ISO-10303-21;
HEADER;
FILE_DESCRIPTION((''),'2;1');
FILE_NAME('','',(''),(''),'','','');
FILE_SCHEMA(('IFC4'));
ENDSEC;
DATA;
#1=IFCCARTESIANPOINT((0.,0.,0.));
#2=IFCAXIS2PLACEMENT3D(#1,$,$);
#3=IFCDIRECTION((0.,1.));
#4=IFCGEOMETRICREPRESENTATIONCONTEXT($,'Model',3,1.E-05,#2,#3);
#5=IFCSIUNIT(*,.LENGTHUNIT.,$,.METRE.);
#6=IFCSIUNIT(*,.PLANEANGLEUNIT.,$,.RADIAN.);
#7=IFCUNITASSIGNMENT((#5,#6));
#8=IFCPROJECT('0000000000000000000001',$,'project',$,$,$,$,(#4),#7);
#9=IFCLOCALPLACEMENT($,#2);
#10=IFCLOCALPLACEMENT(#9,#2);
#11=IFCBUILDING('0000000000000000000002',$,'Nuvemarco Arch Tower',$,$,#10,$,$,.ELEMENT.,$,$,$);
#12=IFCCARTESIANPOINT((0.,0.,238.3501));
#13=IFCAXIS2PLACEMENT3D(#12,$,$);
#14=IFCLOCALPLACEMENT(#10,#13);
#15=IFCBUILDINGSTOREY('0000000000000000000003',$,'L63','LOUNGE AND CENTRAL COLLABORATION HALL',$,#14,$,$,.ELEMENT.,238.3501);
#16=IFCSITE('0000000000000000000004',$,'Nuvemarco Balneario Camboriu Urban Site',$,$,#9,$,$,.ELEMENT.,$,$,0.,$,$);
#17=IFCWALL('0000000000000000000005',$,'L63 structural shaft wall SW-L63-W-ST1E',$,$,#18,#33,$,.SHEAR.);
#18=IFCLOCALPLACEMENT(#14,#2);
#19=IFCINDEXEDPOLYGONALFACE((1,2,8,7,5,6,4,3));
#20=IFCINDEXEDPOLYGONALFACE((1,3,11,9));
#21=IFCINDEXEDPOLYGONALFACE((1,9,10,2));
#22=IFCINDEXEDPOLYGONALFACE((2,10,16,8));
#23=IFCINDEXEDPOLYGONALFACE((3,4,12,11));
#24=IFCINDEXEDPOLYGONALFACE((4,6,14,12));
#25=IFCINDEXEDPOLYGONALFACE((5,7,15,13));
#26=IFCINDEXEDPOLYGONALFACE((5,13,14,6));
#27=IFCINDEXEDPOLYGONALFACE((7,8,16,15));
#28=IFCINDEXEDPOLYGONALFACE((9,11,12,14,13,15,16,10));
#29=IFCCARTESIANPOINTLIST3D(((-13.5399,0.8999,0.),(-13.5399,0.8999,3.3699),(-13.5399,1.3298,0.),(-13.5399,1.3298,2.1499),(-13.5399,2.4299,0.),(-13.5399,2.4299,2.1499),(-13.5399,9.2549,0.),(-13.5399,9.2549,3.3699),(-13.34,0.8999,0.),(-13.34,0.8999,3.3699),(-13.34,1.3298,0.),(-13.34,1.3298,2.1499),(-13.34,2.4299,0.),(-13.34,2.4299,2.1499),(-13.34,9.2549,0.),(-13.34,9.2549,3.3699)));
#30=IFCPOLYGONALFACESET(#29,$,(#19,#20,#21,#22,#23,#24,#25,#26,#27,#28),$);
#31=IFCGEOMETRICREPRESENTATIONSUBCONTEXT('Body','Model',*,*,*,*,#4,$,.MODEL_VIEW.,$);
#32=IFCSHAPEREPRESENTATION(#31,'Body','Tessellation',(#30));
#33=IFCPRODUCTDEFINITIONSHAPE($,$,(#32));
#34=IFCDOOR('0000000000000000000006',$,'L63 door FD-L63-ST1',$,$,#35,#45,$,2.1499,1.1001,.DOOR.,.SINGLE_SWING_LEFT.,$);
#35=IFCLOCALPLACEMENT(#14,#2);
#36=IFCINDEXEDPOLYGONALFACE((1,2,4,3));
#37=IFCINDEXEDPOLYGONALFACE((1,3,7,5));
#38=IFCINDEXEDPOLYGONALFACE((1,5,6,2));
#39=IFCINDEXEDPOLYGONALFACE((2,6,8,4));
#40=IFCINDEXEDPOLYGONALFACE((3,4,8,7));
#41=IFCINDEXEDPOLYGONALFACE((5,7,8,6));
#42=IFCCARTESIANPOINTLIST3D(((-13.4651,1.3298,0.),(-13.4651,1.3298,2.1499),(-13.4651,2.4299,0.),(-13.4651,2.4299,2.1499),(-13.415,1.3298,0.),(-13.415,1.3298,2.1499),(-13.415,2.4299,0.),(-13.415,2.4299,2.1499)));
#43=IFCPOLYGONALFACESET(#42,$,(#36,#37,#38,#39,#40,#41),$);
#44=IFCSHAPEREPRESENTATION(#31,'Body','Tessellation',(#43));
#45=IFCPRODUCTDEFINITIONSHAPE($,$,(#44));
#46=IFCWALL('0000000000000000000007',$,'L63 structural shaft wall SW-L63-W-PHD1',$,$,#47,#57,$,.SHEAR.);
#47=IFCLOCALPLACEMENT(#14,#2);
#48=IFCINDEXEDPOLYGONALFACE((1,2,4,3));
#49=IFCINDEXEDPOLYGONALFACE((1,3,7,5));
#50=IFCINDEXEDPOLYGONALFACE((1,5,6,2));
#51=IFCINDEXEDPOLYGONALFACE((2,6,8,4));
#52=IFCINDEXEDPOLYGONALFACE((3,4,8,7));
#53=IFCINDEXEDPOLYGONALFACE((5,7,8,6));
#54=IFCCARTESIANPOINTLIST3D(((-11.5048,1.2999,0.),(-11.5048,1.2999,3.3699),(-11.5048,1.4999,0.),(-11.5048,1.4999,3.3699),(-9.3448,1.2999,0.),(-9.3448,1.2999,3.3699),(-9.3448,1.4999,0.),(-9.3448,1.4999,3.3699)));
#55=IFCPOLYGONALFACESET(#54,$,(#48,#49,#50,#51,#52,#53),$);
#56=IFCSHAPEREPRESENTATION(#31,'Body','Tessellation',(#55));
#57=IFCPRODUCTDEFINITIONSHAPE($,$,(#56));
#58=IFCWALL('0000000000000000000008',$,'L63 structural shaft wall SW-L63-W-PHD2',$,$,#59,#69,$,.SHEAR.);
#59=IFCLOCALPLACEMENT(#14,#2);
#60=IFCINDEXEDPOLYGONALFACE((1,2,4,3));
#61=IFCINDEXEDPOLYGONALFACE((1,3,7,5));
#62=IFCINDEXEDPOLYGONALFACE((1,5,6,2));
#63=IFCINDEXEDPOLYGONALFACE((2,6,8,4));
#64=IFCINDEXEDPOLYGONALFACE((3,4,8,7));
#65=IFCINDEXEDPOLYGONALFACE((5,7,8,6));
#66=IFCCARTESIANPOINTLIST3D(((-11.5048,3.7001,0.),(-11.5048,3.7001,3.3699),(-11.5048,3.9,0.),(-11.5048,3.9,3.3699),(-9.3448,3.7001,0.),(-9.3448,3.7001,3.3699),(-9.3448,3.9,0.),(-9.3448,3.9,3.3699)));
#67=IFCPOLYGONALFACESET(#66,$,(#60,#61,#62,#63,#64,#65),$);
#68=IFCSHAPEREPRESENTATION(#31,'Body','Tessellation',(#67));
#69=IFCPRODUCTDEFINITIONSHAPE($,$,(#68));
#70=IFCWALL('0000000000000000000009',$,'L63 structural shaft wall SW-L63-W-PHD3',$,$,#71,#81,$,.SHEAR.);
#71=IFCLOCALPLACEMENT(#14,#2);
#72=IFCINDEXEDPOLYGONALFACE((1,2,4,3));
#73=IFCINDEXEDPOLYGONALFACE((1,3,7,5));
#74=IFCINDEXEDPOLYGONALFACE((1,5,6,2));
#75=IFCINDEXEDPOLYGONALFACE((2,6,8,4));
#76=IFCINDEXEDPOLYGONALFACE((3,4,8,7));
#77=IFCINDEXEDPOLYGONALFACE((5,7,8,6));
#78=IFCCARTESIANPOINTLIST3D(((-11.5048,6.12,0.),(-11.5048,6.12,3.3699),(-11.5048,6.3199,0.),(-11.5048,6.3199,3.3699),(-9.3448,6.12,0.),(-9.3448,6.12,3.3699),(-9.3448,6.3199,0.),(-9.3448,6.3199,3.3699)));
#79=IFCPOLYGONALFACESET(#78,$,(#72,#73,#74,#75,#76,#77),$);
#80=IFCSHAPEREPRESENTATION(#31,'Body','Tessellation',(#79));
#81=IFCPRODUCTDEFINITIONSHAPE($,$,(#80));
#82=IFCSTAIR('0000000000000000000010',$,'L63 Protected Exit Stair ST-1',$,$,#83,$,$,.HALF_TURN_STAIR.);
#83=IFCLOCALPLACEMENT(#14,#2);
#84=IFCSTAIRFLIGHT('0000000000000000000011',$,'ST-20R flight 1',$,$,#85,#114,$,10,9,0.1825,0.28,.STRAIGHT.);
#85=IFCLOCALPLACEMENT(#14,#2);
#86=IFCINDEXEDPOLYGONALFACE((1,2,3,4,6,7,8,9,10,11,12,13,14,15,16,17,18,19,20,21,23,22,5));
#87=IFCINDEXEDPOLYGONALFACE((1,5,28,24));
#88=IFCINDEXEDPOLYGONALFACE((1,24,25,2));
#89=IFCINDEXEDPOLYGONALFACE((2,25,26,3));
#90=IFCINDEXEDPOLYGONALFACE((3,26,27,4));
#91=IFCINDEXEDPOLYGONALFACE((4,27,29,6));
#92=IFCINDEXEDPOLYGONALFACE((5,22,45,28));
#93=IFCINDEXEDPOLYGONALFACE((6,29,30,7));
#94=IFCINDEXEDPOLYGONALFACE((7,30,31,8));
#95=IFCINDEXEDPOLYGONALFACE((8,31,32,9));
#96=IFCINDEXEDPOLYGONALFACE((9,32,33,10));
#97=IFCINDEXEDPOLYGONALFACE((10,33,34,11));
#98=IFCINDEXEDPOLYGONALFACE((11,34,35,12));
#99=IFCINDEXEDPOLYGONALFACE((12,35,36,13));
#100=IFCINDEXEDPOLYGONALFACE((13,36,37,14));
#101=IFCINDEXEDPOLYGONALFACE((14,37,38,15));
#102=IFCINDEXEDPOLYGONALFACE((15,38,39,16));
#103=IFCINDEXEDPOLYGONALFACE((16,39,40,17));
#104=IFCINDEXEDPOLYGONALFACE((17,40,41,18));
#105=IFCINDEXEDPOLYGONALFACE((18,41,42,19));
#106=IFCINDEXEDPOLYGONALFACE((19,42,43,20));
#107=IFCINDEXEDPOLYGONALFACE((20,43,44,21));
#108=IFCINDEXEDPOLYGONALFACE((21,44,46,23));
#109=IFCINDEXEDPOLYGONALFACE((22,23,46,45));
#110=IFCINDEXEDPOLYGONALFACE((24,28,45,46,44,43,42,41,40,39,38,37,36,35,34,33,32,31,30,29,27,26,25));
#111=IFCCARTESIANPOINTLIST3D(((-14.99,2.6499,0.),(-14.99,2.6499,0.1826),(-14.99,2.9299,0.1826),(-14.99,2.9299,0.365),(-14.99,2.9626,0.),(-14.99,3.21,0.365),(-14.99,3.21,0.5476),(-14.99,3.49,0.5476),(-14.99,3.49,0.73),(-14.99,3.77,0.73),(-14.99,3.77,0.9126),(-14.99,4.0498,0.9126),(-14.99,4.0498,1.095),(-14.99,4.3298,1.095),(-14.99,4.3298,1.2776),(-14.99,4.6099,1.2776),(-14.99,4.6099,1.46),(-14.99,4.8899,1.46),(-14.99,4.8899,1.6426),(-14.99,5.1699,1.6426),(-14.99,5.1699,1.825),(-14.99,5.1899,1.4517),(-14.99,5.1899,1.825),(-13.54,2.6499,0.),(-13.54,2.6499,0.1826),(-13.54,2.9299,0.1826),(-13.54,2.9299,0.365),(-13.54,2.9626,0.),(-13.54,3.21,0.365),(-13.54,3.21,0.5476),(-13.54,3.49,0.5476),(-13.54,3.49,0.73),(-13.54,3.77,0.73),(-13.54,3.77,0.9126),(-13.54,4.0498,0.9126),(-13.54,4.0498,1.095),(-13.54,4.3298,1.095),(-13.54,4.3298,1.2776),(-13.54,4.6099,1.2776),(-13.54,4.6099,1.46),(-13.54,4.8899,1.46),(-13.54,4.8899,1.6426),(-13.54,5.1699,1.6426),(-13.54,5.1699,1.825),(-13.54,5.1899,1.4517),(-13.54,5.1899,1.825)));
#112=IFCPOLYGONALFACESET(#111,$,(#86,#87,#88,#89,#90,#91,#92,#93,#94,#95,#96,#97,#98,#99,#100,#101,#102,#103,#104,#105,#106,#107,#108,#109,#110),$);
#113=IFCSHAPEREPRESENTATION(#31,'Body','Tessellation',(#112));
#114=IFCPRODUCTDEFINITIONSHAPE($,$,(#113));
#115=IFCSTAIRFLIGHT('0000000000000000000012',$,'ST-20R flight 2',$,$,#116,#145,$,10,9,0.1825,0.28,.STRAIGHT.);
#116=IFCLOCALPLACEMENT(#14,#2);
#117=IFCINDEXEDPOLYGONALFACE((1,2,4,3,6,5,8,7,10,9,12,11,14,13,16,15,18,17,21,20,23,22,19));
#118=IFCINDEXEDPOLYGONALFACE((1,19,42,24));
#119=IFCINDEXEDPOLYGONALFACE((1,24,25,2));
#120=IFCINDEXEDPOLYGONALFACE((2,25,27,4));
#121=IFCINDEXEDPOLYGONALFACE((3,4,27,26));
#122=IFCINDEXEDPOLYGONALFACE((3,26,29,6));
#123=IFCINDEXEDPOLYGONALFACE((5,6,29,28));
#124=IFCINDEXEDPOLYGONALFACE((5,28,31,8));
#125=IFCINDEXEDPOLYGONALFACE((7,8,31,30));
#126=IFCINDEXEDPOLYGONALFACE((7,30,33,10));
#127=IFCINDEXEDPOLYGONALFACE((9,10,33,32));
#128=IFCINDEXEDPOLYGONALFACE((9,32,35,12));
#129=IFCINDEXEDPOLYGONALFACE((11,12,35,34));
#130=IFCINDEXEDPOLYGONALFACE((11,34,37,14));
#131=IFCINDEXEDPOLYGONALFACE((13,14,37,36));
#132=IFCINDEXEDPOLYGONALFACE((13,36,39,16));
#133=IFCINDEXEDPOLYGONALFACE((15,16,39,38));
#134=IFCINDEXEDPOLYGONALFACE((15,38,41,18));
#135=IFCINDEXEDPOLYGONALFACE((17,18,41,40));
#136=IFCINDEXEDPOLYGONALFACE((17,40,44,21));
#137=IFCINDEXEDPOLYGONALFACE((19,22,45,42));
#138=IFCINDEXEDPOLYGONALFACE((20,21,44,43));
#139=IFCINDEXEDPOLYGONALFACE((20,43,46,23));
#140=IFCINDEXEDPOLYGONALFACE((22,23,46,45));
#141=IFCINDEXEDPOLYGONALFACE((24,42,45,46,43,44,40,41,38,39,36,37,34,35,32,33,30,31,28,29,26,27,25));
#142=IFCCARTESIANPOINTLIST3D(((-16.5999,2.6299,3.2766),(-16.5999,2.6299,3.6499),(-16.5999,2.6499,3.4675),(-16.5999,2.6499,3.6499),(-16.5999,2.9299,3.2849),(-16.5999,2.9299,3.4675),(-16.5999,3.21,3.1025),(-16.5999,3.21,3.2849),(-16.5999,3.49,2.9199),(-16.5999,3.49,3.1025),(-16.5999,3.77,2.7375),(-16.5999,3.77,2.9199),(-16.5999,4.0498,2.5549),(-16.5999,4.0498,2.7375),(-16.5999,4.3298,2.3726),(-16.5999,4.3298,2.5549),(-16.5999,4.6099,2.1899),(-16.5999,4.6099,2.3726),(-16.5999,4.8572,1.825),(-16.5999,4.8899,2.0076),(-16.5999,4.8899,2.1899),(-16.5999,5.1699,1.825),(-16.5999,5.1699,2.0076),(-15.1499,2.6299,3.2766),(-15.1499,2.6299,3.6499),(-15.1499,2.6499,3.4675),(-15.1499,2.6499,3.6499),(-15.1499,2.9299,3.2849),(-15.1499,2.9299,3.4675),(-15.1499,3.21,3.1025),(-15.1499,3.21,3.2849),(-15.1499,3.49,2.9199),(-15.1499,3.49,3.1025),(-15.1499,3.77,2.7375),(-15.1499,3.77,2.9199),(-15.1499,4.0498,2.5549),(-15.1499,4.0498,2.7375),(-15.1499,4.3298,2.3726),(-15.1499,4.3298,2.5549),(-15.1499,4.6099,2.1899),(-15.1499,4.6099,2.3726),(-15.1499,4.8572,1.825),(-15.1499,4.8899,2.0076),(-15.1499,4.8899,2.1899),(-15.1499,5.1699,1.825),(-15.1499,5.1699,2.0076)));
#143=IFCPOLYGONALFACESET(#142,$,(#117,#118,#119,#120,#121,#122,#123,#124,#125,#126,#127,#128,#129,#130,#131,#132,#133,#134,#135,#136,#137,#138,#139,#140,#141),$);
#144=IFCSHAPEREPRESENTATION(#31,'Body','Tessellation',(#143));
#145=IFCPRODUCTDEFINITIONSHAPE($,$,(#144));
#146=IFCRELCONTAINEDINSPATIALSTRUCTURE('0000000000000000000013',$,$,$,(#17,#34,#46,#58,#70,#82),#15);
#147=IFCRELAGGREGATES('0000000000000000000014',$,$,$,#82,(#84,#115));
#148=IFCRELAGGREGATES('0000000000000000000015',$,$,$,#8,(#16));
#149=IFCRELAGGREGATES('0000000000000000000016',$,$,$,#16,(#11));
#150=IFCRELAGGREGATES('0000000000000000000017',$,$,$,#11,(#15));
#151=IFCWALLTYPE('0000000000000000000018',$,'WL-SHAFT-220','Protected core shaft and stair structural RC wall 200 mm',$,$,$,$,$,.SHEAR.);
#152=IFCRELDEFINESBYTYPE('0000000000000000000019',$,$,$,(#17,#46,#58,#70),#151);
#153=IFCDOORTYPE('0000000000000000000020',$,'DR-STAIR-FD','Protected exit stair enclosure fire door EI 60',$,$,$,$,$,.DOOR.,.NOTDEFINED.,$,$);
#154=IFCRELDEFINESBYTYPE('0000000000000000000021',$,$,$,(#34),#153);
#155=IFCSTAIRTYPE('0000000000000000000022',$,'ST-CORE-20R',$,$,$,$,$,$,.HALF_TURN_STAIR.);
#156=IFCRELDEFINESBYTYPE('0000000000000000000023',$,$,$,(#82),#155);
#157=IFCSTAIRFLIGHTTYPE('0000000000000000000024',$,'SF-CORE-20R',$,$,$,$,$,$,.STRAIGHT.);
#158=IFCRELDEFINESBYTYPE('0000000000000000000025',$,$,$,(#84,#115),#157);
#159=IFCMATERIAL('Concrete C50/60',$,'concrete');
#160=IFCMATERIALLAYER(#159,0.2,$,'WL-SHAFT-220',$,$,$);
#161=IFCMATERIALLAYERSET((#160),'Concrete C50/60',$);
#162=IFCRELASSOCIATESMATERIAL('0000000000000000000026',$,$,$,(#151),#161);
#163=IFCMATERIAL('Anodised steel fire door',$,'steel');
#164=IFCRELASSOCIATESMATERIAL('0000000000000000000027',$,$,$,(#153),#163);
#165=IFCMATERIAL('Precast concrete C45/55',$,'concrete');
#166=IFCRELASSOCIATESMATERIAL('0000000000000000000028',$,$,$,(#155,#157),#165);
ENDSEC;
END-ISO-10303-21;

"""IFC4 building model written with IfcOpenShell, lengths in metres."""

from ifc_helpers import new_model, si_unit, direction, frame, frame_2d, origin, place, context, subcontext, project, spatial, polyline, rectangle, outline, extrude, source, transform, mapped, material, layer, layer_set, type_object, type_shapes, element, fill, aggregate, save


model = new_model("IFC4")

# Units and contexts
model_context = context("Model", 3, precision=1e-05, world=origin(), true_north=direction((0.0, 1.0)))
body_context = subcontext(model_context, "Body", "Model", "MODEL_VIEW")
ifc_project = project(units=[si_unit("LENGTHUNIT", "METRE"), si_unit("PLANEANGLEUNIT", "RADIAN")], contexts=[model_context])

# Site, building, storey
site_placement = place(None, origin())
site = spatial("IfcSite", under=ifc_project, at=site_placement, Name="Nuvemarco Balneario Camboriu Urban Site", CompositionType="ELEMENT", RefElevation=0.0)
building_placement = place(site_placement, origin())
building = spatial("IfcBuilding", under=site, at=building_placement, Name="Nuvemarco Arch Tower", CompositionType="ELEMENT")
storey_placement = place(building_placement, frame((0.0, 0.0, 238.3501)))
storey = spatial("IfcBuildingStorey", under=building, at=storey_placement, Name="L63", Description="LOUNGE AND CENTRAL COLLABORATION HALL", CompositionType="ELEMENT", Elevation=238.3501)

# Shared definitions
ifc_material_1 = material(Name="Concrete C50/60", Category="concrete")

# Wall, opening, door
ifc_layer_1 = layer(ifc_material_1, 0.2, Name="WL-SHAFT-220")
ifc_layer_set_1 = layer_set([ifc_layer_1], Name="Concrete C50/60")
wall_type_1 = type_object("IfcWallType", Name="WL-SHAFT-220", Description="Protected core shaft and stair structural RC wall 200 mm", PredefinedType="SHEAR", material=ifc_layer_set_1)
wall_1_placement = place(storey_placement, frame((-13.4399, 0.8999, 0.0), z_axis=(0.0, 0.0, 1.0), x_axis=(0.0, 1.0, 0.0)))
wall_1 = element("IfcWall", 1, at=wall_1_placement, inside=storey, type_object=wall_type_1, Name="L63 structural shaft wall SW-L63-W-ST1E", PredefinedType="SHEAR", context=body_context, shape_type="SweptSolid", body=[
    extrude(rectangle(XDim=8.355, YDim=0.2, at=frame_2d((4.1775, 0.0))), origin(), (0.0, 0.0, 1.0), 3.3699),
])
opening_1_placement = place(wall_1_placement, frame((1.53, 0.0, 0.0), z_axis=(0.0, 0.0, 1.0), x_axis=(-1.0, 0.0, 0.0)))
opening_1 = element("IfcOpeningElement", 2, at=opening_1_placement, cuts=wall_1, PredefinedType="OPENING", context=body_context, shape_type="SweptSolid", body=[
    extrude(rectangle(XDim=1.1001, YDim=2.1499, at=frame_2d((0.55, 1.075))), frame((0.0, 0.1099, 0.0), z_axis=(0.0, -1.0, 0.0), x_axis=(1.0, 0.0, 0.0)), (0.0, 0.0, 1.0), 0.22),
])
ifc_material_2 = material(Name="Anodised steel fire door", Category="steel")
door_type_1 = type_object("IfcDoorType", Name="DR-STAIR-FD", Description="Protected exit stair enclosure fire door EI 60", OperationType="NOTDEFINED", PredefinedType="DOOR", material=ifc_material_2)
shared_shape_1 = source(origin(), body_context, "Body", "SweptSolid", [
    extrude(rectangle(XDim=1.1001, YDim=2.1499, at=frame_2d((0.55, 1.075))), frame((0.0, 0.0249, 0.0), z_axis=(0.0, -1.0, 0.0), x_axis=(1.0, 0.0, 0.0)), (0.0, 0.0, 1.0), 0.05),
])
type_shapes(door_type_1, [shared_shape_1])
door_1_placement = place(opening_1_placement, origin())
door_1 = element("IfcDoor", 3, at=door_1_placement, inside=storey, type_object=door_type_1, Name="L63 door FD-L63-ST1", OperationType="SINGLE_SWING_LEFT", OverallHeight=2.1499, OverallWidth=1.1001, PredefinedType="DOOR", context=body_context, shape_type="MappedRepresentation", body=[
    mapped(shared_shape_1, transform((0.0, 0.0, 0.0), scale=1.0)),
])
fill(opening_1, door_1)

# Walls
for number, where, z_axis, x_axis, name in (
    (4, (-11.5049, 1.3999, 0.0), (0.0, 0.0, 1.0), (1.0, 0.0, 0.0), "L63 structural shaft wall SW-L63-W-PHD1"),
    (5, (-11.5049, 3.8, 0.0), (0.0, 0.0, 1.0), (1.0, 0.0, 0.0), "L63 structural shaft wall SW-L63-W-PHD2"),
    (6, (-11.5049, 6.22, 0.0), (0.0, 0.0, 1.0), (1.0, 0.0, 0.0), "L63 structural shaft wall SW-L63-W-PHD3"),
):
    element("IfcWall", number, at=place(storey_placement, frame(where, z_axis=z_axis, x_axis=x_axis)), inside=storey, type_object=wall_type_1, Name=name, PredefinedType="SHEAR", context=body_context, shape_type="SweptSolid", body=[
        extrude(rectangle(XDim=2.1599, YDim=0.2, at=frame_2d((1.0801, 0.0))), origin(), (0.0, 0.0, 1.0), 3.3699),
    ])

# Stair, stair flights
ifc_material_3 = material(Name="Precast concrete C45/55", Category="concrete")
stair_type = type_object("IfcStairType", Name="ST-CORE-20R", PredefinedType="HALF_TURN_STAIR", material=ifc_material_3)
stair_placement = place(storey_placement, origin())
stair = element("IfcStair", 7, at=stair_placement, inside=storey, type_object=stair_type, Name="L63 Protected Exit Stair ST-1", PredefinedType="HALF_TURN_STAIR")
stair_flight_type = type_object("IfcStairFlightType", Name="SF-CORE-20R", PredefinedType="STRAIGHT", material=ifc_material_3)
stair_flight_1_placement = place(storey_placement, frame((-14.2649, 2.6499, 0.0), z_axis=(0.0, 0.0, 1.0), x_axis=(0.0, 1.0, 0.0)))
stair_flight_1 = element("IfcStairFlight", 8, at=stair_flight_1_placement, type_object=stair_flight_type, Name="ST-20R flight 1", NumberOfRisers=10, NumberOfTreads=9, PredefinedType="STRAIGHT", RiserHeight=0.1825, TreadLength=0.28, context=body_context, shape_type="SweptSolid", body=[
    extrude(outline(polyline([(0.0, 0.0), (0.0, 0.1826), (0.28, 0.1826), (0.28, 0.365), (0.5601, 0.365), (0.5601, 0.5476), (0.8401, 0.5476), (0.8401, 0.73), (1.1201, 0.73), (1.1201, 0.9126), (1.3999, 0.9126), (1.3999, 1.095), (1.6799, 1.095), (1.6799, 1.2776), (1.96, 1.2776), (1.96, 1.46), (2.24, 1.46), (2.24, 1.6426), (2.52, 1.6426), (2.52, 1.825), (2.54, 1.825), (2.54, 1.4517), (0.3127, 0.0), (0.0, 0.0)])), frame((0.0, 0.7251, 0.0), z_axis=(0.0, -1.0, 0.0), x_axis=(1.0, 0.0, 0.0)), (0.0, 0.0, 1.0), 1.45),
])
stair_flight_2_placement = place(storey_placement, frame((-15.875, 5.1699, 1.825), z_axis=(0.0, 0.0, 1.0), x_axis=(0.0, -1.0, 0.0)))
stair_flight_2 = element("IfcStairFlight", 9, at=stair_flight_2_placement, type_object=stair_flight_type, Name="ST-20R flight 2", NumberOfRisers=10, NumberOfTreads=9, PredefinedType="STRAIGHT", RiserHeight=0.1825, TreadLength=0.28, context=body_context, shape_type="SweptSolid", body=[
    extrude(outline(polyline([(0.0, 0.0), (0.0, 0.1826), (0.28, 0.1826), (0.28, 0.365), (0.5601, 0.365), (0.5601, 0.5476), (0.8401, 0.5476), (0.8401, 0.73), (1.1201, 0.73), (1.1201, 0.9126), (1.3999, 0.9126), (1.3999, 1.095), (1.6799, 1.095), (1.6799, 1.2776), (1.96, 1.2776), (1.96, 1.46), (2.24, 1.46), (2.24, 1.6426), (2.52, 1.6426), (2.52, 1.825), (2.54, 1.825), (2.54, 1.4517), (0.3127, 0.0), (0.0, 0.0)])), frame((0.0, 0.7251, 0.0), z_axis=(0.0, -1.0, 0.0), x_axis=(1.0, 0.0, 0.0)), (0.0, 0.0, 1.0), 1.45),
])
aggregate(stair, [stair_flight_1, stair_flight_2])

save(model, "model.ifc")
